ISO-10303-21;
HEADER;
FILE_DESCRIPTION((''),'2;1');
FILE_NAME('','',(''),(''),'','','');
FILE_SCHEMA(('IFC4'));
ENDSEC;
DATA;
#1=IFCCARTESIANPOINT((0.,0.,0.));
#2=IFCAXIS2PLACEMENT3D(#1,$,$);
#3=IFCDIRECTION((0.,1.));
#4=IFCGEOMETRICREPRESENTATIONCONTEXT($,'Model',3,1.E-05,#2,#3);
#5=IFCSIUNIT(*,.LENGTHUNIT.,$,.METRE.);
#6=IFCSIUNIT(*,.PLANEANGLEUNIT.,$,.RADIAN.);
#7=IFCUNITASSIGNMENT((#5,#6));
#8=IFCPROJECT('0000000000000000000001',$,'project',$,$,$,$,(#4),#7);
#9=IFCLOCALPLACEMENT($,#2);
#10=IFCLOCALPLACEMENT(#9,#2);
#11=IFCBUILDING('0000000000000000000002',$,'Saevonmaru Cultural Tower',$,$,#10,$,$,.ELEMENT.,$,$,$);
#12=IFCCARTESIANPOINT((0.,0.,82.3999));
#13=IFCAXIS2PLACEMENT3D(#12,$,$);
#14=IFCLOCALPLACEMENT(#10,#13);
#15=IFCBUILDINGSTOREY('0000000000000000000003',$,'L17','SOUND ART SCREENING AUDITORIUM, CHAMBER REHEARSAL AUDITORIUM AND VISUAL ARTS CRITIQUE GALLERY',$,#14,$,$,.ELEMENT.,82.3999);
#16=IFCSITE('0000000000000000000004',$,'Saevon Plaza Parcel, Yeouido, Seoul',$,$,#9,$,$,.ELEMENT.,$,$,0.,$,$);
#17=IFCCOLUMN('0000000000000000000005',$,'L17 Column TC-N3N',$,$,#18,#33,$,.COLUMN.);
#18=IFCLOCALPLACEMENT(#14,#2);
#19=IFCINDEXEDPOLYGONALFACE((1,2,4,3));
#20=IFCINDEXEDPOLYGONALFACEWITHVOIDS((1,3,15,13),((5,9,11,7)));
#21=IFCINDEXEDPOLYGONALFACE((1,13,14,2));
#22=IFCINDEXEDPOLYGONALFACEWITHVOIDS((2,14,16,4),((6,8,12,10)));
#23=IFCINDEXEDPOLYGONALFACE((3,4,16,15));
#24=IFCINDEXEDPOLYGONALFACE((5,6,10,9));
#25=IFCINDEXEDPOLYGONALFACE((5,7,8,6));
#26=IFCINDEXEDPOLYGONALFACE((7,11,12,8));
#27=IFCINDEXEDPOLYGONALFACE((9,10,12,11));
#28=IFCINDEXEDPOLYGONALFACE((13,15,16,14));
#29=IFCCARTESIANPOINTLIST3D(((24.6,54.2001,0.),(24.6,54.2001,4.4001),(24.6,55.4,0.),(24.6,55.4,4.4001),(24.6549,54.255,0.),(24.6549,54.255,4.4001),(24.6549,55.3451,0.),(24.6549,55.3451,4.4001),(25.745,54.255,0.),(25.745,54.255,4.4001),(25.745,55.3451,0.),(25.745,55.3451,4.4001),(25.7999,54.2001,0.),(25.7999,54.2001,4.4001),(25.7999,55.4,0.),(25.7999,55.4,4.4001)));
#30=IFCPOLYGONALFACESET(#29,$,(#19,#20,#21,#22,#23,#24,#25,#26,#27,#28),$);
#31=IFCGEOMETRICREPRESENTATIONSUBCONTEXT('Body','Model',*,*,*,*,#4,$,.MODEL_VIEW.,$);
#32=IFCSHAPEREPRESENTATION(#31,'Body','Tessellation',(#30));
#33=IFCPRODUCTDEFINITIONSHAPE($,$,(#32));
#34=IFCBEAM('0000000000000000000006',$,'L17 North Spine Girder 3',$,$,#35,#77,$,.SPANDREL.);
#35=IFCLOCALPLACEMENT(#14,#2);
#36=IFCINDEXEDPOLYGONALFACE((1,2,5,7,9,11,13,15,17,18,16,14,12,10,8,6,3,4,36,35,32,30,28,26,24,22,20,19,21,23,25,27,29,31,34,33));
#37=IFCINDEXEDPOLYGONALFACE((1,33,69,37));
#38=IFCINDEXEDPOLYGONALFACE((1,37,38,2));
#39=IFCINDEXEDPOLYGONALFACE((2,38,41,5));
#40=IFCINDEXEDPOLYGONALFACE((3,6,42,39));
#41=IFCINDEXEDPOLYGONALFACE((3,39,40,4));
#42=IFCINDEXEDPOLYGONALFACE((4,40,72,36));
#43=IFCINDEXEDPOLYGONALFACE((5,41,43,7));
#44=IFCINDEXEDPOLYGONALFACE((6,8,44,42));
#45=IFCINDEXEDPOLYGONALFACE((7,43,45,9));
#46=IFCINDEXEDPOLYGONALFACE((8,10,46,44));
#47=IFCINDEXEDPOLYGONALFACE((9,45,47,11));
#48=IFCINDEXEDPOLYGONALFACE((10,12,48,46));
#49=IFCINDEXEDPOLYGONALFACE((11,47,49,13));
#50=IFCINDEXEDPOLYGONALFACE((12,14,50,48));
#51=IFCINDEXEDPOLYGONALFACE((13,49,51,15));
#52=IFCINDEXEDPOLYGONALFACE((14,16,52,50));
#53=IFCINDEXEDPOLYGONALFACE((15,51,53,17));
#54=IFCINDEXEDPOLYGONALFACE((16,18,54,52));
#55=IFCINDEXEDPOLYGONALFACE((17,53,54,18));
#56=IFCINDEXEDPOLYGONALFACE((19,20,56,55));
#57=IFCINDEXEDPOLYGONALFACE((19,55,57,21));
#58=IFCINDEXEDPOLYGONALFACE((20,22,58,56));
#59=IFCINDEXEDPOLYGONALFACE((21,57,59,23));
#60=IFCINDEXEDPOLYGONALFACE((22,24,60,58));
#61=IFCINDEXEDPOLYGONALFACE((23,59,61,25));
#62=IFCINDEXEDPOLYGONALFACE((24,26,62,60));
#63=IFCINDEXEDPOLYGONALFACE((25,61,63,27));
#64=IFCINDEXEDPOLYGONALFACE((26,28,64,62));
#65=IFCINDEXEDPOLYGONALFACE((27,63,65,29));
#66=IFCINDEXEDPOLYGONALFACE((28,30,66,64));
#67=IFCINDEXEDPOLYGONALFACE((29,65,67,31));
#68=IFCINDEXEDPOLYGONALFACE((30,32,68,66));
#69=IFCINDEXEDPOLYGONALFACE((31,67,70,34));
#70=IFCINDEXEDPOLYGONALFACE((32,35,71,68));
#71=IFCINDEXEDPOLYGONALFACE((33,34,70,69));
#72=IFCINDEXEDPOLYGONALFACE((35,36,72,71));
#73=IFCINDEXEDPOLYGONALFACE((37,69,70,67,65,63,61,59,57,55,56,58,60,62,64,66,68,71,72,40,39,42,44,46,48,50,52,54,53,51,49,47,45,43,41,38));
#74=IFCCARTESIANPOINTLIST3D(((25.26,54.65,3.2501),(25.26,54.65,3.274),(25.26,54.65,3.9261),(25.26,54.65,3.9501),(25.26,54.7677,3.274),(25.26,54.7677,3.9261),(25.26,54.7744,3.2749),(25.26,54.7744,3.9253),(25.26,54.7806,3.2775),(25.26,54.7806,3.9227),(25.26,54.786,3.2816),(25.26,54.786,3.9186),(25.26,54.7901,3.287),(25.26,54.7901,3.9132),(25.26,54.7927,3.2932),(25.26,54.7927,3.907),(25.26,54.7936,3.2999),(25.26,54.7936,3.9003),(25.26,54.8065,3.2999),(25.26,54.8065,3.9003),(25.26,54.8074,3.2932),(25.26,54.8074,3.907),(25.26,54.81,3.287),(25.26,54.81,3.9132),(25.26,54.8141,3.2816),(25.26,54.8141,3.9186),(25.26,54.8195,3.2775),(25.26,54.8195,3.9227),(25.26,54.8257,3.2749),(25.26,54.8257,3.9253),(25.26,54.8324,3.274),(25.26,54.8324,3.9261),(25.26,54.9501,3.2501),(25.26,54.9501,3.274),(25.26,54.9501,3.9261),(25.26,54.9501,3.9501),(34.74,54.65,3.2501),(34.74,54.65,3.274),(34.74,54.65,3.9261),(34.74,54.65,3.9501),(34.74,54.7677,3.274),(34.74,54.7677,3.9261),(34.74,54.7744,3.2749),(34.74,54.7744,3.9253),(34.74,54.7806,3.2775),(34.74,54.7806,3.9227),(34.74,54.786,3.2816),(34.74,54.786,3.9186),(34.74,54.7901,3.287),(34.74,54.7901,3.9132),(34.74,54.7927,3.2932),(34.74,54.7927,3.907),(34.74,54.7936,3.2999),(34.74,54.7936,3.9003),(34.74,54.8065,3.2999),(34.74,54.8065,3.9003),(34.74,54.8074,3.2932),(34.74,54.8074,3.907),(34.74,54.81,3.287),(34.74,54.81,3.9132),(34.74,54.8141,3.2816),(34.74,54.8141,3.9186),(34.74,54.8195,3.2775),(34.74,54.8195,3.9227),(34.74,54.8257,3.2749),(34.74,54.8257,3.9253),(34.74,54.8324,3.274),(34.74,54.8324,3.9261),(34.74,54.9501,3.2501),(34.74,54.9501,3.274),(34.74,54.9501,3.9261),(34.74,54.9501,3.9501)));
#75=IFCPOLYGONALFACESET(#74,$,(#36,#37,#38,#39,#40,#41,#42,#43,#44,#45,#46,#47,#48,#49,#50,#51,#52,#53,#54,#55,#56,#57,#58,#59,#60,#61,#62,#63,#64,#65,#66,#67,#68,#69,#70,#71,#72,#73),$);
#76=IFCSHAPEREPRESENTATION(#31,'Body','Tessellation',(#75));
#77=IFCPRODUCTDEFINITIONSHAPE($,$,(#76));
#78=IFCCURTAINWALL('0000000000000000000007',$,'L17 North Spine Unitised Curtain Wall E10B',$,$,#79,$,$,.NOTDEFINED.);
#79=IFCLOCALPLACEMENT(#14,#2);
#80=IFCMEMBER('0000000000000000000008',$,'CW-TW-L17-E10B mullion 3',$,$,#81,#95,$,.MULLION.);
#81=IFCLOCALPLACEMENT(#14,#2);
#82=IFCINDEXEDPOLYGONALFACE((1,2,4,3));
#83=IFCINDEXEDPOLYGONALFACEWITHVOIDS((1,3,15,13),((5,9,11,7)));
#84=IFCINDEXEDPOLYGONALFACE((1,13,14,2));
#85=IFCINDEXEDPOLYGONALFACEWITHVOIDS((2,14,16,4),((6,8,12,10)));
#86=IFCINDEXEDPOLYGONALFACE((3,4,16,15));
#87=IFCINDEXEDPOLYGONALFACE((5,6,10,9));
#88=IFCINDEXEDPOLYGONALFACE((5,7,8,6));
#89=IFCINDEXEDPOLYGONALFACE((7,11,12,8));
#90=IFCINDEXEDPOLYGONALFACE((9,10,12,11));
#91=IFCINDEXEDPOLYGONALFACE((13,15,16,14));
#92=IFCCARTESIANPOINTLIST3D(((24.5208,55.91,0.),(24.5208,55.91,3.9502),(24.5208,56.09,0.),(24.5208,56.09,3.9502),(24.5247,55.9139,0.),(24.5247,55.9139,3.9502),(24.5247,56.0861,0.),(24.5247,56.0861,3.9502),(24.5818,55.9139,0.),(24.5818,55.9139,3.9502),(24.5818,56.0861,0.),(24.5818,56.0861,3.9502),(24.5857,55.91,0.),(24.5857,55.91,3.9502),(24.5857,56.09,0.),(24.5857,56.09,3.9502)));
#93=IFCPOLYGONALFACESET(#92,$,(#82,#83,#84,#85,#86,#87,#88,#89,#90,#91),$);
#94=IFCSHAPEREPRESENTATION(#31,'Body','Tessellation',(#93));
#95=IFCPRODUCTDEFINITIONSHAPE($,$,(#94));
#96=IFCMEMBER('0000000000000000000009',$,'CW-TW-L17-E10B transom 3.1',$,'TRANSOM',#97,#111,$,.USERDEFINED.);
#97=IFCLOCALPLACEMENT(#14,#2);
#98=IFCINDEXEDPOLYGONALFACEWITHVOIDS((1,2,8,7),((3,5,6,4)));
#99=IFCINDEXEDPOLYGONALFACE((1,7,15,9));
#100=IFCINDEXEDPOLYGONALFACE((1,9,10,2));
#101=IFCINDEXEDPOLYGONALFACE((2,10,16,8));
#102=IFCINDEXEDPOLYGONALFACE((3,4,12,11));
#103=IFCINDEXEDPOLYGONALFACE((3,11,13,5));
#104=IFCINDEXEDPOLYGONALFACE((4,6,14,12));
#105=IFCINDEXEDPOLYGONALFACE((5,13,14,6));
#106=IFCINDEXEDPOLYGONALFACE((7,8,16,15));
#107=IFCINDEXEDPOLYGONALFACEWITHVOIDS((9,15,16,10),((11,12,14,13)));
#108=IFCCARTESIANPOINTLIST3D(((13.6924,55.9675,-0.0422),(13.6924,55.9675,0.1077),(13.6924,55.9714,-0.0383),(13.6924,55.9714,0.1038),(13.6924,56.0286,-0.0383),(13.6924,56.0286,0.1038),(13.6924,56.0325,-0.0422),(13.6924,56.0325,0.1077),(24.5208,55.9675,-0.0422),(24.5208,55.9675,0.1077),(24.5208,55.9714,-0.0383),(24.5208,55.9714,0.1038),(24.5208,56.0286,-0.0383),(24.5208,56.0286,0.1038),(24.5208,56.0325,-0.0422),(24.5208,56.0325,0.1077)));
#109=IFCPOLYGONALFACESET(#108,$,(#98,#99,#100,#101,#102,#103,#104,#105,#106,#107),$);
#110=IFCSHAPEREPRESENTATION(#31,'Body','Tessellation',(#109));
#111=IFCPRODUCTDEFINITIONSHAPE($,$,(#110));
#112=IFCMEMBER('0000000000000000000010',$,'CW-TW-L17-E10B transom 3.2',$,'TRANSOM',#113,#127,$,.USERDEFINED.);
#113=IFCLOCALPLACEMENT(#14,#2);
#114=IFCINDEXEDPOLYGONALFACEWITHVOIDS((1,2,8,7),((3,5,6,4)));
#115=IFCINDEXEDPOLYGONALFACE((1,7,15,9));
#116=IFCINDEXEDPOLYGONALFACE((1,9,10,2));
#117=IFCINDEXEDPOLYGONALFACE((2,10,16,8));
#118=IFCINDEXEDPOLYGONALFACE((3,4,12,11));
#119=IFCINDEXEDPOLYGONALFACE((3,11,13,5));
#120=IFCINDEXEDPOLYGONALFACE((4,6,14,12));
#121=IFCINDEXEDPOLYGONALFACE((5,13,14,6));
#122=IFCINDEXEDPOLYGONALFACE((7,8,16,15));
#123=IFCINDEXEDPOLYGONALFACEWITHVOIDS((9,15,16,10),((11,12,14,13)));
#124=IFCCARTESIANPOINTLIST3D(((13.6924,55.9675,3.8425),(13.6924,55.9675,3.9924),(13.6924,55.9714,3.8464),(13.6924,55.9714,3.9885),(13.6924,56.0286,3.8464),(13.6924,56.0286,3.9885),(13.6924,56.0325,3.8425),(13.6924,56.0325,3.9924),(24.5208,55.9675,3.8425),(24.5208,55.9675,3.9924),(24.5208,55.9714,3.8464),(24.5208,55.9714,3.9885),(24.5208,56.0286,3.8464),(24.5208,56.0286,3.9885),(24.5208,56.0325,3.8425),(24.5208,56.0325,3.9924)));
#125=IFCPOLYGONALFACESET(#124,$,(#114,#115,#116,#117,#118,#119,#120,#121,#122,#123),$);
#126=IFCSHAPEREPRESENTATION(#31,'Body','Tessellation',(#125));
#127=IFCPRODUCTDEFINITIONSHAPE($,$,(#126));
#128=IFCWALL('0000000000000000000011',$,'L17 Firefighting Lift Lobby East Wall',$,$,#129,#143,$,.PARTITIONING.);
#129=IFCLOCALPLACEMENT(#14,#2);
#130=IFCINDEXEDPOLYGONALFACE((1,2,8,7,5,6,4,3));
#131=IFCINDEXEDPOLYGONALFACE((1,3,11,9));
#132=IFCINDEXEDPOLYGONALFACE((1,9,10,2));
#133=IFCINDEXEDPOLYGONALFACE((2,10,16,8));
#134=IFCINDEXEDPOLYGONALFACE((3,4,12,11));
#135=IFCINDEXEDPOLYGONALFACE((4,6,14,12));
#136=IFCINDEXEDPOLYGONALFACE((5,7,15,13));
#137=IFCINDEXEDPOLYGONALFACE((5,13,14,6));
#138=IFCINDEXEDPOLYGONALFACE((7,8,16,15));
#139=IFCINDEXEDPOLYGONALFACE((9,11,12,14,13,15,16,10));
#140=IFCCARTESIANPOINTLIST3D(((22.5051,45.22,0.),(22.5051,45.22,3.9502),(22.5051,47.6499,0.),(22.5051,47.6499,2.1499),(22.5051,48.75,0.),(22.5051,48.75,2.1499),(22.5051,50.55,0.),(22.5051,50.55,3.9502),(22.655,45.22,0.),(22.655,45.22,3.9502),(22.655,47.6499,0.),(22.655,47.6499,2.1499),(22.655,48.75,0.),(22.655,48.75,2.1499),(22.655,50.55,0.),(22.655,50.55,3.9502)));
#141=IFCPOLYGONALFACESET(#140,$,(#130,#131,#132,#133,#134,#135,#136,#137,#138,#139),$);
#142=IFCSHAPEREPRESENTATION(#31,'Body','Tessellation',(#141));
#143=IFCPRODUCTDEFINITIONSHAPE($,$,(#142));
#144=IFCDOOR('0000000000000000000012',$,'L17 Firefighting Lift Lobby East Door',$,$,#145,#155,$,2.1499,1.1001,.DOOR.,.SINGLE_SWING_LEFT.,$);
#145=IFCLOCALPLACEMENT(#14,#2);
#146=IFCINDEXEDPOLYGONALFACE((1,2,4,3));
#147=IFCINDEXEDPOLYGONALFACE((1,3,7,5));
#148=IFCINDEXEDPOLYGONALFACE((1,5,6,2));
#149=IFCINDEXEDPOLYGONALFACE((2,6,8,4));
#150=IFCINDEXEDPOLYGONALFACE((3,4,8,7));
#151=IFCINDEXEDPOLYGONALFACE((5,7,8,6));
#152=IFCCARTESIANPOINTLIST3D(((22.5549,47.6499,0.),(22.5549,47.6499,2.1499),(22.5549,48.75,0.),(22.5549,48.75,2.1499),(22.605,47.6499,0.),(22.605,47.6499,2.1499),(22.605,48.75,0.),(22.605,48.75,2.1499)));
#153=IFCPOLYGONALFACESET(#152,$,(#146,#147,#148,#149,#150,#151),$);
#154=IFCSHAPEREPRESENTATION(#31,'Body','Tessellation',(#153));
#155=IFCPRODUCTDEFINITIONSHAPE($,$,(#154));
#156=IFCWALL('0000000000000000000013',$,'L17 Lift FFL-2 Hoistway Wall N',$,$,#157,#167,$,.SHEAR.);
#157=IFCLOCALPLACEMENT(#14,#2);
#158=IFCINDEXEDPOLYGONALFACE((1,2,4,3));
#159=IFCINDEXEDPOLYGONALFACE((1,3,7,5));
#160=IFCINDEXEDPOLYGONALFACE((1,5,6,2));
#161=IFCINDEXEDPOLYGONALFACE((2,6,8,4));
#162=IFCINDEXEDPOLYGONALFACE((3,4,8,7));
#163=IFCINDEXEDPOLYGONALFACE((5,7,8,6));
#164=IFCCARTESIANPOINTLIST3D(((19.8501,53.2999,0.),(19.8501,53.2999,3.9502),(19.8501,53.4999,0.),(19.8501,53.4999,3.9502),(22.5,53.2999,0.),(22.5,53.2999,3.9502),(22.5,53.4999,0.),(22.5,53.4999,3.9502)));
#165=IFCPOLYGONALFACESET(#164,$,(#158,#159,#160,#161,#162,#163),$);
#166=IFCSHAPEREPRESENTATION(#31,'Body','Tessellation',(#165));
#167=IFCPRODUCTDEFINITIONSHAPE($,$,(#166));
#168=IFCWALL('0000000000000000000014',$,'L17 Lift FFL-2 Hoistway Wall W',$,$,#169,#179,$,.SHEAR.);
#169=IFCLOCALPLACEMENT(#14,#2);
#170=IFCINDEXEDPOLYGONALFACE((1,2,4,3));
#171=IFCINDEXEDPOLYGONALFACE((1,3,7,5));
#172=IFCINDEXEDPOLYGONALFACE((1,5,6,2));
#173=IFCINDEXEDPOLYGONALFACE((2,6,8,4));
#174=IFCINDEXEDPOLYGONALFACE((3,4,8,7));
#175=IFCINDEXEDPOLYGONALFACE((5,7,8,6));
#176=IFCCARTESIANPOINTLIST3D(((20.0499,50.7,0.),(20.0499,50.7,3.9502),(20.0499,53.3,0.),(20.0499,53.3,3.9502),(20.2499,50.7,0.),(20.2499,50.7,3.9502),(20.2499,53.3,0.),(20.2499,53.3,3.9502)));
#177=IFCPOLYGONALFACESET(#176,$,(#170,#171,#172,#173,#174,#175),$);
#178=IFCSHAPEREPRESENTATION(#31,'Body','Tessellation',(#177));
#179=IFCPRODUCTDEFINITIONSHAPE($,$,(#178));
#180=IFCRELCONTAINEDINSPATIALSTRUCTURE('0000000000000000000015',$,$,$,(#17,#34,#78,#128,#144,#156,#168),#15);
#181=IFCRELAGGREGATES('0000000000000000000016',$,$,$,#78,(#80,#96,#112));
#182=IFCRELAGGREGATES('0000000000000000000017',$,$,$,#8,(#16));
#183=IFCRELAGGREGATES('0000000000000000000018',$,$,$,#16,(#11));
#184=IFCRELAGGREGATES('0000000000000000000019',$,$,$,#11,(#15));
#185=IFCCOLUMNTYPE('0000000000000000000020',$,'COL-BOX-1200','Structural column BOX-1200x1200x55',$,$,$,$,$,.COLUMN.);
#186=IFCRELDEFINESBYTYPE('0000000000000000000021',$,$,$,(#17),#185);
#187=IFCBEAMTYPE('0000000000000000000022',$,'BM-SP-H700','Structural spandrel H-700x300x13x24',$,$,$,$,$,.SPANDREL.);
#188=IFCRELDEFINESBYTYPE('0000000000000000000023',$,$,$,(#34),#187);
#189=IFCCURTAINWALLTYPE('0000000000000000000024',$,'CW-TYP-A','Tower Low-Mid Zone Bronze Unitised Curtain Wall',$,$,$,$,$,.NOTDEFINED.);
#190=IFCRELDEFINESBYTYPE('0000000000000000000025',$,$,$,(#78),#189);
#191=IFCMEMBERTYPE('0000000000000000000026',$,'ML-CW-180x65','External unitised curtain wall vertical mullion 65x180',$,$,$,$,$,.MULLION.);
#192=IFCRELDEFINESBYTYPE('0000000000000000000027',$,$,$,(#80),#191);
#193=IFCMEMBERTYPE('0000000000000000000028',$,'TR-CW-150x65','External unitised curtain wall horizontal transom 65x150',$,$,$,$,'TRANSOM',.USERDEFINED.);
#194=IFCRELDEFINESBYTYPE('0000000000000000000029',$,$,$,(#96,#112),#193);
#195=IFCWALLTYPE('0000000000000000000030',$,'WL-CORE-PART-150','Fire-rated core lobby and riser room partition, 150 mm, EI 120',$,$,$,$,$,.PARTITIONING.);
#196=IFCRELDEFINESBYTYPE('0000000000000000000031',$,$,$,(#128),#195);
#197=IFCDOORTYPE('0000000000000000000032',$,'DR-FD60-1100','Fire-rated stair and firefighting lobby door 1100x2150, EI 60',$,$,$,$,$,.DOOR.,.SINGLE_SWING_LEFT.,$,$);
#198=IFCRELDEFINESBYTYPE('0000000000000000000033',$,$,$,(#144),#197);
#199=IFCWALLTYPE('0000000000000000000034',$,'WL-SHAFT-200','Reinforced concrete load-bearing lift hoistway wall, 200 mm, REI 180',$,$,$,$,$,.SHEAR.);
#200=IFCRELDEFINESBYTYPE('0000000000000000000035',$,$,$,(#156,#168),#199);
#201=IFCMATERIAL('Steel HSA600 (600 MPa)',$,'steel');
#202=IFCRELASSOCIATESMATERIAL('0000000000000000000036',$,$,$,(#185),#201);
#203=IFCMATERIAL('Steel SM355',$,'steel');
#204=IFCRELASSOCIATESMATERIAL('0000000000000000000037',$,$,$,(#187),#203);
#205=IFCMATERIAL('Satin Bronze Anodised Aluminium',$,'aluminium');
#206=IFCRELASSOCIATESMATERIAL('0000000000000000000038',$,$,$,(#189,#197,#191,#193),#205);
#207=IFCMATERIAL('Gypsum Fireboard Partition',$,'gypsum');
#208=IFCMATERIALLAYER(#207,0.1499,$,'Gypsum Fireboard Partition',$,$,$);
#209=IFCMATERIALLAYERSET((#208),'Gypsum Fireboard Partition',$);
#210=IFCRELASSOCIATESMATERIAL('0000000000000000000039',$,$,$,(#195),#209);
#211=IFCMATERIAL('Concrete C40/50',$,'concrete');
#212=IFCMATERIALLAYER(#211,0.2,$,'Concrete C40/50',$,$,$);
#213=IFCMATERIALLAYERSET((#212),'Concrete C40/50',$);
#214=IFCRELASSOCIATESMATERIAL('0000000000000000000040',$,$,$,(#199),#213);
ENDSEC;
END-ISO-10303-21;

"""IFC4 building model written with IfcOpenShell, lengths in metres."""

from ifc_helpers import new_model, si_unit, direction, frame, frame_2d, origin, origin_2d, place, context, subcontext, project, spatial, rectangle, hollow_rectangle, i_section, extrude, material, layer, layer_set, material_profile, profile_set, type_object, element, fill, aggregate, save


model = new_model("IFC4")

# Units and contexts
model_context = context("Model", 3, precision=1e-05, world=origin(), true_north=direction((0.0, 1.0)))
body_context = subcontext(model_context, "Body", "Model", "MODEL_VIEW")
ifc_project = project(units=[si_unit("LENGTHUNIT", "METRE"), si_unit("PLANEANGLEUNIT", "RADIAN")], contexts=[model_context])

# Site, building, storey
site_placement = place(None, origin())
site = spatial("IfcSite", under=ifc_project, at=site_placement, Name="Saevon Plaza Parcel, Yeouido, Seoul", CompositionType="ELEMENT", RefElevation=0.0)
building_placement = place(site_placement, origin())
building = spatial("IfcBuilding", under=site, at=building_placement, Name="Saevonmaru Cultural Tower", CompositionType="ELEMENT")
storey_placement = place(building_placement, frame((0.0, 0.0, 82.3999)))
storey = spatial("IfcBuildingStorey", under=building, at=storey_placement, Name="L17", Description="SOUND ART SCREENING AUDITORIUM, CHAMBER REHEARSAL AUDITORIUM AND VISUAL ARTS CRITIQUE GALLERY", CompositionType="ELEMENT", Elevation=82.3999)

# Column
ifc_material_1 = material(Name="Steel HSA600 (600 MPa)", Category="steel")
ifc_material_profile_1 = material_profile(ifc_material_1, hollow_rectangle(XDim=1.2, YDim=1.2, WallThickness=0.0549, at=origin_2d()), Name="BOX-1200x1200x55")
ifc_profile_set_1 = profile_set([ifc_material_profile_1], Name="Steel HSA600 (600 MPa)")
column_type = type_object("IfcColumnType", Name="COL-BOX-1200", Description="Structural column BOX-1200x1200x55", PredefinedType="COLUMN", material=ifc_profile_set_1)
column_placement = place(storey_placement, frame((25.2, 54.8, 0.0), z_axis=(0.0, 0.0, 1.0), x_axis=(1.0, 0.0, 0.0)))
element("IfcColumn", 1, at=column_placement, inside=storey, type_object=column_type, Name="L17 Column TC-N3N", PredefinedType="COLUMN", context=body_context, shape_type="SweptSolid", body=[
    extrude(hollow_rectangle(XDim=1.2, YDim=1.2, WallThickness=0.0549, at=origin_2d()), origin(), (0.0, 0.0, 1.0), 4.4001),
])

# Beam
ifc_material_2 = material(Name="Steel SM355", Category="steel")
ifc_material_profile_2 = material_profile(ifc_material_2, i_section(OverallWidth=0.3, OverallDepth=0.7, WebThickness=0.0129, FlangeThickness=0.0239, FilletRadius=0.0259, at=origin_2d()), Name="H-700x300x13x24")
ifc_profile_set_2 = profile_set([ifc_material_profile_2], Name="Steel SM355")
beam_type = type_object("IfcBeamType", Name="BM-SP-H700", Description="Structural spandrel H-700x300x13x24", PredefinedType="SPANDREL", material=ifc_profile_set_2)
beam_placement = place(storey_placement, frame((25.26, 54.8, 3.6001), z_axis=(1.0, 0.0, 0.0), x_axis=(0.0, 1.0, 0.0)))
element("IfcBeam", 2, at=beam_placement, inside=storey, type_object=beam_type, Name="L17 North Spine Girder 3", PredefinedType="SPANDREL", context=body_context, shape_type="SweptSolid", body=[
    extrude(i_section(OverallWidth=0.3, OverallDepth=0.7, WebThickness=0.0129, FlangeThickness=0.0239, FilletRadius=0.0259, at=origin_2d()), origin(), (0.0, 0.0, 1.0), 9.48),
])

# Curtain wall, members
ifc_material_3 = material(Name="Satin Bronze Anodised Aluminium", Category="aluminium")
curtain_wall_type = type_object("IfcCurtainWallType", Name="CW-TYP-A", Description="Tower Low-Mid Zone Bronze Unitised Curtain Wall", PredefinedType="NOTDEFINED", material=ifc_material_3)
curtain_wall_placement = place(storey_placement, origin())
curtain_wall = element("IfcCurtainWall", 3, at=curtain_wall_placement, inside=storey, type_object=curtain_wall_type, Name="L17 North Spine Unitised Curtain Wall E10B", PredefinedType="NOTDEFINED")
ifc_material_profile_3 = material_profile(ifc_material_3, hollow_rectangle(XDim=0.0649, YDim=0.1799, WallThickness=0.0039, at=origin_2d()), Name="ALU-MULL-180x65x4")
ifc_profile_set_3 = profile_set([ifc_material_profile_3], Name="Satin Bronze Anodised Aluminium")
member_type_1 = type_object("IfcMemberType", Name="ML-CW-180x65", Description="External unitised curtain wall vertical mullion 65x180", PredefinedType="MULLION", material=ifc_profile_set_3)
member_1_placement = place(storey_placement, frame((24.5532, 56.0, 0.0), z_axis=(0.0, 0.0, 1.0), x_axis=(-1.0, 0.0, 0.0)))
member_1 = element("IfcMember", 4, at=member_1_placement, type_object=member_type_1, Name="CW-TW-L17-E10B mullion 3", PredefinedType="MULLION", context=body_context, shape_type="SweptSolid", body=[
    extrude(hollow_rectangle(XDim=0.0649, YDim=0.1799, WallThickness=0.0039, at=origin_2d()), origin(), (0.0, 0.0, 1.0), 3.9502),
])
ifc_material_profile_4 = material_profile(ifc_material_3, hollow_rectangle(XDim=0.0649, YDim=0.1499, WallThickness=0.0039, at=origin_2d()), Name="ALU-TRAN-150x65x4")
ifc_profile_set_4 = profile_set([ifc_material_profile_4], Name="Satin Bronze Anodised Aluminium")
member_type_2 = type_object("IfcMemberType", Name="TR-CW-150x65", Description="External unitised curtain wall horizontal transom 65x150", ElementType="TRANSOM", PredefinedType="USERDEFINED", material=ifc_profile_set_4)
member_2_placement = place(storey_placement, frame((24.5208, 56.0, 0.0327), z_axis=(-1.0, 0.0, 0.0), x_axis=(0.0, -1.0, 0.0)))
member_2 = element("IfcMember", 5, at=member_2_placement, type_object=member_type_2, Name="CW-TW-L17-E10B transom 3.1", ObjectType="TRANSOM", PredefinedType="USERDEFINED", context=body_context, shape_type="SweptSolid", body=[
    extrude(hollow_rectangle(XDim=0.0649, YDim=0.1499, WallThickness=0.0039, at=origin_2d()), origin(), (0.0, 0.0, 1.0), 10.8284),
])
member_3_placement = place(storey_placement, frame((24.5208, 56.0, 3.9175), z_axis=(-1.0, 0.0, 0.0), x_axis=(0.0, -1.0, 0.0)))
member_3 = element("IfcMember", 6, at=member_3_placement, type_object=member_type_2, Name="CW-TW-L17-E10B transom 3.2", ObjectType="TRANSOM", PredefinedType="USERDEFINED", context=body_context, shape_type="SweptSolid", body=[
    extrude(hollow_rectangle(XDim=0.0649, YDim=0.1499, WallThickness=0.0039, at=origin_2d()), origin(), (0.0, 0.0, 1.0), 10.8284),
])
aggregate(curtain_wall, [member_1, member_2, member_3])

# Wall, opening, door
ifc_material_4 = material(Name="Gypsum Fireboard Partition", Category="gypsum")
ifc_layer_1 = layer(ifc_material_4, 0.1499, Name="Gypsum Fireboard Partition")
ifc_layer_set_1 = layer_set([ifc_layer_1], Name="Gypsum Fireboard Partition")
wall_type_1 = type_object("IfcWallType", Name="WL-CORE-PART-150", Description="Fire-rated core lobby and riser room partition, 150 mm, EI 120", PredefinedType="PARTITIONING", material=ifc_layer_set_1)
wall_1_placement = place(storey_placement, frame((22.5801, 50.55, 0.0), z_axis=(0.0, 0.0, 1.0), x_axis=(0.0, -1.0, 0.0)))
wall_1 = element("IfcWall", 7, at=wall_1_placement, inside=storey, type_object=wall_type_1, Name="L17 Firefighting Lift Lobby East Wall", PredefinedType="PARTITIONING", context=body_context, shape_type="SweptSolid", body=[
    extrude(rectangle(XDim=5.3301, YDim=0.1499, at=frame_2d((2.665, 0.0))), origin(), (0.0, 0.0, 1.0), 3.9502),
])
opening_1_placement = place(wall_1_placement, frame((1.8, 0.0, 0.0)))
opening_1 = element("IfcOpeningElement", 8, at=opening_1_placement, cuts=wall_1, PredefinedType="OPENING", context=body_context, shape_type="SweptSolid", body=[
    extrude(rectangle(XDim=1.1001, YDim=2.1499, at=frame_2d((0.55, 1.075))), frame((0.0, 0.085, 0.0), z_axis=(0.0, -1.0, 0.0), x_axis=(1.0, 0.0, 0.0)), (0.0, 0.0, 1.0), 0.1699),
])
door_type_1 = type_object("IfcDoorType", Name="DR-FD60-1100", Description="Fire-rated stair and firefighting lobby door 1100x2150, EI 60", OperationType="SINGLE_SWING_LEFT", PredefinedType="DOOR", material=ifc_material_3)
door_1_placement = place(opening_1_placement, origin())
door_1 = element("IfcDoor", 9, at=door_1_placement, inside=storey, type_object=door_type_1, Name="L17 Firefighting Lift Lobby East Door", OperationType="SINGLE_SWING_LEFT", OverallHeight=2.1499, OverallWidth=1.1001, PredefinedType="DOOR", context=body_context, shape_type="SweptSolid", body=[
    extrude(rectangle(XDim=1.1001, YDim=2.1499, at=frame_2d((0.55, 1.075))), frame((0.0, 0.0249, 0.0), z_axis=(0.0, -1.0, 0.0), x_axis=(1.0, 0.0, 0.0)), (0.0, 0.0, 1.0), 0.05),
])
fill(opening_1, door_1)

# Walls
ifc_material_5 = material(Name="Concrete C40/50", Category="concrete")
ifc_layer_2 = layer(ifc_material_5, 0.2, Name="Concrete C40/50")
ifc_layer_set_2 = layer_set([ifc_layer_2], Name="Concrete C40/50")
wall_type_2 = type_object("IfcWallType", Name="WL-SHAFT-200", Description="Reinforced concrete load-bearing lift hoistway wall, 200 mm, REI 180", PredefinedType="SHEAR", material=ifc_layer_set_2)
wall_2_placement = place(storey_placement, frame((19.8501, 53.3999, 0.0), z_axis=(0.0, 0.0, 1.0), x_axis=(1.0, 0.0, 0.0)))
element("IfcWall", 10, at=wall_2_placement, inside=storey, type_object=wall_type_2, Name="L17 Lift FFL-2 Hoistway Wall N", PredefinedType="SHEAR", context=body_context, shape_type="SweptSolid", body=[
    extrude(rectangle(XDim=2.6499, YDim=0.2, at=frame_2d((1.325, 0.0))), origin(), (0.0, 0.0, 1.0), 3.9502),
])
for number, where, z_axis, x_axis, name in (
    (11, (20.1499, 50.7, 0.0), (0.0, 0.0, 1.0), (0.0, 1.0, 0.0), "L17 Lift FFL-2 Hoistway Wall W"),
):
    element("IfcWall", number, at=place(storey_placement, frame(where, z_axis=z_axis, x_axis=x_axis)), inside=storey, type_object=wall_type_2, Name=name, PredefinedType="SHEAR", context=body_context, shape_type="SweptSolid", body=[
        extrude(rectangle(XDim=2.6001, YDim=0.2, at=frame_2d((1.3, 0.0))), origin(), (0.0, 0.0, 1.0), 3.9502),
    ])

save(model, "model.ifc")
